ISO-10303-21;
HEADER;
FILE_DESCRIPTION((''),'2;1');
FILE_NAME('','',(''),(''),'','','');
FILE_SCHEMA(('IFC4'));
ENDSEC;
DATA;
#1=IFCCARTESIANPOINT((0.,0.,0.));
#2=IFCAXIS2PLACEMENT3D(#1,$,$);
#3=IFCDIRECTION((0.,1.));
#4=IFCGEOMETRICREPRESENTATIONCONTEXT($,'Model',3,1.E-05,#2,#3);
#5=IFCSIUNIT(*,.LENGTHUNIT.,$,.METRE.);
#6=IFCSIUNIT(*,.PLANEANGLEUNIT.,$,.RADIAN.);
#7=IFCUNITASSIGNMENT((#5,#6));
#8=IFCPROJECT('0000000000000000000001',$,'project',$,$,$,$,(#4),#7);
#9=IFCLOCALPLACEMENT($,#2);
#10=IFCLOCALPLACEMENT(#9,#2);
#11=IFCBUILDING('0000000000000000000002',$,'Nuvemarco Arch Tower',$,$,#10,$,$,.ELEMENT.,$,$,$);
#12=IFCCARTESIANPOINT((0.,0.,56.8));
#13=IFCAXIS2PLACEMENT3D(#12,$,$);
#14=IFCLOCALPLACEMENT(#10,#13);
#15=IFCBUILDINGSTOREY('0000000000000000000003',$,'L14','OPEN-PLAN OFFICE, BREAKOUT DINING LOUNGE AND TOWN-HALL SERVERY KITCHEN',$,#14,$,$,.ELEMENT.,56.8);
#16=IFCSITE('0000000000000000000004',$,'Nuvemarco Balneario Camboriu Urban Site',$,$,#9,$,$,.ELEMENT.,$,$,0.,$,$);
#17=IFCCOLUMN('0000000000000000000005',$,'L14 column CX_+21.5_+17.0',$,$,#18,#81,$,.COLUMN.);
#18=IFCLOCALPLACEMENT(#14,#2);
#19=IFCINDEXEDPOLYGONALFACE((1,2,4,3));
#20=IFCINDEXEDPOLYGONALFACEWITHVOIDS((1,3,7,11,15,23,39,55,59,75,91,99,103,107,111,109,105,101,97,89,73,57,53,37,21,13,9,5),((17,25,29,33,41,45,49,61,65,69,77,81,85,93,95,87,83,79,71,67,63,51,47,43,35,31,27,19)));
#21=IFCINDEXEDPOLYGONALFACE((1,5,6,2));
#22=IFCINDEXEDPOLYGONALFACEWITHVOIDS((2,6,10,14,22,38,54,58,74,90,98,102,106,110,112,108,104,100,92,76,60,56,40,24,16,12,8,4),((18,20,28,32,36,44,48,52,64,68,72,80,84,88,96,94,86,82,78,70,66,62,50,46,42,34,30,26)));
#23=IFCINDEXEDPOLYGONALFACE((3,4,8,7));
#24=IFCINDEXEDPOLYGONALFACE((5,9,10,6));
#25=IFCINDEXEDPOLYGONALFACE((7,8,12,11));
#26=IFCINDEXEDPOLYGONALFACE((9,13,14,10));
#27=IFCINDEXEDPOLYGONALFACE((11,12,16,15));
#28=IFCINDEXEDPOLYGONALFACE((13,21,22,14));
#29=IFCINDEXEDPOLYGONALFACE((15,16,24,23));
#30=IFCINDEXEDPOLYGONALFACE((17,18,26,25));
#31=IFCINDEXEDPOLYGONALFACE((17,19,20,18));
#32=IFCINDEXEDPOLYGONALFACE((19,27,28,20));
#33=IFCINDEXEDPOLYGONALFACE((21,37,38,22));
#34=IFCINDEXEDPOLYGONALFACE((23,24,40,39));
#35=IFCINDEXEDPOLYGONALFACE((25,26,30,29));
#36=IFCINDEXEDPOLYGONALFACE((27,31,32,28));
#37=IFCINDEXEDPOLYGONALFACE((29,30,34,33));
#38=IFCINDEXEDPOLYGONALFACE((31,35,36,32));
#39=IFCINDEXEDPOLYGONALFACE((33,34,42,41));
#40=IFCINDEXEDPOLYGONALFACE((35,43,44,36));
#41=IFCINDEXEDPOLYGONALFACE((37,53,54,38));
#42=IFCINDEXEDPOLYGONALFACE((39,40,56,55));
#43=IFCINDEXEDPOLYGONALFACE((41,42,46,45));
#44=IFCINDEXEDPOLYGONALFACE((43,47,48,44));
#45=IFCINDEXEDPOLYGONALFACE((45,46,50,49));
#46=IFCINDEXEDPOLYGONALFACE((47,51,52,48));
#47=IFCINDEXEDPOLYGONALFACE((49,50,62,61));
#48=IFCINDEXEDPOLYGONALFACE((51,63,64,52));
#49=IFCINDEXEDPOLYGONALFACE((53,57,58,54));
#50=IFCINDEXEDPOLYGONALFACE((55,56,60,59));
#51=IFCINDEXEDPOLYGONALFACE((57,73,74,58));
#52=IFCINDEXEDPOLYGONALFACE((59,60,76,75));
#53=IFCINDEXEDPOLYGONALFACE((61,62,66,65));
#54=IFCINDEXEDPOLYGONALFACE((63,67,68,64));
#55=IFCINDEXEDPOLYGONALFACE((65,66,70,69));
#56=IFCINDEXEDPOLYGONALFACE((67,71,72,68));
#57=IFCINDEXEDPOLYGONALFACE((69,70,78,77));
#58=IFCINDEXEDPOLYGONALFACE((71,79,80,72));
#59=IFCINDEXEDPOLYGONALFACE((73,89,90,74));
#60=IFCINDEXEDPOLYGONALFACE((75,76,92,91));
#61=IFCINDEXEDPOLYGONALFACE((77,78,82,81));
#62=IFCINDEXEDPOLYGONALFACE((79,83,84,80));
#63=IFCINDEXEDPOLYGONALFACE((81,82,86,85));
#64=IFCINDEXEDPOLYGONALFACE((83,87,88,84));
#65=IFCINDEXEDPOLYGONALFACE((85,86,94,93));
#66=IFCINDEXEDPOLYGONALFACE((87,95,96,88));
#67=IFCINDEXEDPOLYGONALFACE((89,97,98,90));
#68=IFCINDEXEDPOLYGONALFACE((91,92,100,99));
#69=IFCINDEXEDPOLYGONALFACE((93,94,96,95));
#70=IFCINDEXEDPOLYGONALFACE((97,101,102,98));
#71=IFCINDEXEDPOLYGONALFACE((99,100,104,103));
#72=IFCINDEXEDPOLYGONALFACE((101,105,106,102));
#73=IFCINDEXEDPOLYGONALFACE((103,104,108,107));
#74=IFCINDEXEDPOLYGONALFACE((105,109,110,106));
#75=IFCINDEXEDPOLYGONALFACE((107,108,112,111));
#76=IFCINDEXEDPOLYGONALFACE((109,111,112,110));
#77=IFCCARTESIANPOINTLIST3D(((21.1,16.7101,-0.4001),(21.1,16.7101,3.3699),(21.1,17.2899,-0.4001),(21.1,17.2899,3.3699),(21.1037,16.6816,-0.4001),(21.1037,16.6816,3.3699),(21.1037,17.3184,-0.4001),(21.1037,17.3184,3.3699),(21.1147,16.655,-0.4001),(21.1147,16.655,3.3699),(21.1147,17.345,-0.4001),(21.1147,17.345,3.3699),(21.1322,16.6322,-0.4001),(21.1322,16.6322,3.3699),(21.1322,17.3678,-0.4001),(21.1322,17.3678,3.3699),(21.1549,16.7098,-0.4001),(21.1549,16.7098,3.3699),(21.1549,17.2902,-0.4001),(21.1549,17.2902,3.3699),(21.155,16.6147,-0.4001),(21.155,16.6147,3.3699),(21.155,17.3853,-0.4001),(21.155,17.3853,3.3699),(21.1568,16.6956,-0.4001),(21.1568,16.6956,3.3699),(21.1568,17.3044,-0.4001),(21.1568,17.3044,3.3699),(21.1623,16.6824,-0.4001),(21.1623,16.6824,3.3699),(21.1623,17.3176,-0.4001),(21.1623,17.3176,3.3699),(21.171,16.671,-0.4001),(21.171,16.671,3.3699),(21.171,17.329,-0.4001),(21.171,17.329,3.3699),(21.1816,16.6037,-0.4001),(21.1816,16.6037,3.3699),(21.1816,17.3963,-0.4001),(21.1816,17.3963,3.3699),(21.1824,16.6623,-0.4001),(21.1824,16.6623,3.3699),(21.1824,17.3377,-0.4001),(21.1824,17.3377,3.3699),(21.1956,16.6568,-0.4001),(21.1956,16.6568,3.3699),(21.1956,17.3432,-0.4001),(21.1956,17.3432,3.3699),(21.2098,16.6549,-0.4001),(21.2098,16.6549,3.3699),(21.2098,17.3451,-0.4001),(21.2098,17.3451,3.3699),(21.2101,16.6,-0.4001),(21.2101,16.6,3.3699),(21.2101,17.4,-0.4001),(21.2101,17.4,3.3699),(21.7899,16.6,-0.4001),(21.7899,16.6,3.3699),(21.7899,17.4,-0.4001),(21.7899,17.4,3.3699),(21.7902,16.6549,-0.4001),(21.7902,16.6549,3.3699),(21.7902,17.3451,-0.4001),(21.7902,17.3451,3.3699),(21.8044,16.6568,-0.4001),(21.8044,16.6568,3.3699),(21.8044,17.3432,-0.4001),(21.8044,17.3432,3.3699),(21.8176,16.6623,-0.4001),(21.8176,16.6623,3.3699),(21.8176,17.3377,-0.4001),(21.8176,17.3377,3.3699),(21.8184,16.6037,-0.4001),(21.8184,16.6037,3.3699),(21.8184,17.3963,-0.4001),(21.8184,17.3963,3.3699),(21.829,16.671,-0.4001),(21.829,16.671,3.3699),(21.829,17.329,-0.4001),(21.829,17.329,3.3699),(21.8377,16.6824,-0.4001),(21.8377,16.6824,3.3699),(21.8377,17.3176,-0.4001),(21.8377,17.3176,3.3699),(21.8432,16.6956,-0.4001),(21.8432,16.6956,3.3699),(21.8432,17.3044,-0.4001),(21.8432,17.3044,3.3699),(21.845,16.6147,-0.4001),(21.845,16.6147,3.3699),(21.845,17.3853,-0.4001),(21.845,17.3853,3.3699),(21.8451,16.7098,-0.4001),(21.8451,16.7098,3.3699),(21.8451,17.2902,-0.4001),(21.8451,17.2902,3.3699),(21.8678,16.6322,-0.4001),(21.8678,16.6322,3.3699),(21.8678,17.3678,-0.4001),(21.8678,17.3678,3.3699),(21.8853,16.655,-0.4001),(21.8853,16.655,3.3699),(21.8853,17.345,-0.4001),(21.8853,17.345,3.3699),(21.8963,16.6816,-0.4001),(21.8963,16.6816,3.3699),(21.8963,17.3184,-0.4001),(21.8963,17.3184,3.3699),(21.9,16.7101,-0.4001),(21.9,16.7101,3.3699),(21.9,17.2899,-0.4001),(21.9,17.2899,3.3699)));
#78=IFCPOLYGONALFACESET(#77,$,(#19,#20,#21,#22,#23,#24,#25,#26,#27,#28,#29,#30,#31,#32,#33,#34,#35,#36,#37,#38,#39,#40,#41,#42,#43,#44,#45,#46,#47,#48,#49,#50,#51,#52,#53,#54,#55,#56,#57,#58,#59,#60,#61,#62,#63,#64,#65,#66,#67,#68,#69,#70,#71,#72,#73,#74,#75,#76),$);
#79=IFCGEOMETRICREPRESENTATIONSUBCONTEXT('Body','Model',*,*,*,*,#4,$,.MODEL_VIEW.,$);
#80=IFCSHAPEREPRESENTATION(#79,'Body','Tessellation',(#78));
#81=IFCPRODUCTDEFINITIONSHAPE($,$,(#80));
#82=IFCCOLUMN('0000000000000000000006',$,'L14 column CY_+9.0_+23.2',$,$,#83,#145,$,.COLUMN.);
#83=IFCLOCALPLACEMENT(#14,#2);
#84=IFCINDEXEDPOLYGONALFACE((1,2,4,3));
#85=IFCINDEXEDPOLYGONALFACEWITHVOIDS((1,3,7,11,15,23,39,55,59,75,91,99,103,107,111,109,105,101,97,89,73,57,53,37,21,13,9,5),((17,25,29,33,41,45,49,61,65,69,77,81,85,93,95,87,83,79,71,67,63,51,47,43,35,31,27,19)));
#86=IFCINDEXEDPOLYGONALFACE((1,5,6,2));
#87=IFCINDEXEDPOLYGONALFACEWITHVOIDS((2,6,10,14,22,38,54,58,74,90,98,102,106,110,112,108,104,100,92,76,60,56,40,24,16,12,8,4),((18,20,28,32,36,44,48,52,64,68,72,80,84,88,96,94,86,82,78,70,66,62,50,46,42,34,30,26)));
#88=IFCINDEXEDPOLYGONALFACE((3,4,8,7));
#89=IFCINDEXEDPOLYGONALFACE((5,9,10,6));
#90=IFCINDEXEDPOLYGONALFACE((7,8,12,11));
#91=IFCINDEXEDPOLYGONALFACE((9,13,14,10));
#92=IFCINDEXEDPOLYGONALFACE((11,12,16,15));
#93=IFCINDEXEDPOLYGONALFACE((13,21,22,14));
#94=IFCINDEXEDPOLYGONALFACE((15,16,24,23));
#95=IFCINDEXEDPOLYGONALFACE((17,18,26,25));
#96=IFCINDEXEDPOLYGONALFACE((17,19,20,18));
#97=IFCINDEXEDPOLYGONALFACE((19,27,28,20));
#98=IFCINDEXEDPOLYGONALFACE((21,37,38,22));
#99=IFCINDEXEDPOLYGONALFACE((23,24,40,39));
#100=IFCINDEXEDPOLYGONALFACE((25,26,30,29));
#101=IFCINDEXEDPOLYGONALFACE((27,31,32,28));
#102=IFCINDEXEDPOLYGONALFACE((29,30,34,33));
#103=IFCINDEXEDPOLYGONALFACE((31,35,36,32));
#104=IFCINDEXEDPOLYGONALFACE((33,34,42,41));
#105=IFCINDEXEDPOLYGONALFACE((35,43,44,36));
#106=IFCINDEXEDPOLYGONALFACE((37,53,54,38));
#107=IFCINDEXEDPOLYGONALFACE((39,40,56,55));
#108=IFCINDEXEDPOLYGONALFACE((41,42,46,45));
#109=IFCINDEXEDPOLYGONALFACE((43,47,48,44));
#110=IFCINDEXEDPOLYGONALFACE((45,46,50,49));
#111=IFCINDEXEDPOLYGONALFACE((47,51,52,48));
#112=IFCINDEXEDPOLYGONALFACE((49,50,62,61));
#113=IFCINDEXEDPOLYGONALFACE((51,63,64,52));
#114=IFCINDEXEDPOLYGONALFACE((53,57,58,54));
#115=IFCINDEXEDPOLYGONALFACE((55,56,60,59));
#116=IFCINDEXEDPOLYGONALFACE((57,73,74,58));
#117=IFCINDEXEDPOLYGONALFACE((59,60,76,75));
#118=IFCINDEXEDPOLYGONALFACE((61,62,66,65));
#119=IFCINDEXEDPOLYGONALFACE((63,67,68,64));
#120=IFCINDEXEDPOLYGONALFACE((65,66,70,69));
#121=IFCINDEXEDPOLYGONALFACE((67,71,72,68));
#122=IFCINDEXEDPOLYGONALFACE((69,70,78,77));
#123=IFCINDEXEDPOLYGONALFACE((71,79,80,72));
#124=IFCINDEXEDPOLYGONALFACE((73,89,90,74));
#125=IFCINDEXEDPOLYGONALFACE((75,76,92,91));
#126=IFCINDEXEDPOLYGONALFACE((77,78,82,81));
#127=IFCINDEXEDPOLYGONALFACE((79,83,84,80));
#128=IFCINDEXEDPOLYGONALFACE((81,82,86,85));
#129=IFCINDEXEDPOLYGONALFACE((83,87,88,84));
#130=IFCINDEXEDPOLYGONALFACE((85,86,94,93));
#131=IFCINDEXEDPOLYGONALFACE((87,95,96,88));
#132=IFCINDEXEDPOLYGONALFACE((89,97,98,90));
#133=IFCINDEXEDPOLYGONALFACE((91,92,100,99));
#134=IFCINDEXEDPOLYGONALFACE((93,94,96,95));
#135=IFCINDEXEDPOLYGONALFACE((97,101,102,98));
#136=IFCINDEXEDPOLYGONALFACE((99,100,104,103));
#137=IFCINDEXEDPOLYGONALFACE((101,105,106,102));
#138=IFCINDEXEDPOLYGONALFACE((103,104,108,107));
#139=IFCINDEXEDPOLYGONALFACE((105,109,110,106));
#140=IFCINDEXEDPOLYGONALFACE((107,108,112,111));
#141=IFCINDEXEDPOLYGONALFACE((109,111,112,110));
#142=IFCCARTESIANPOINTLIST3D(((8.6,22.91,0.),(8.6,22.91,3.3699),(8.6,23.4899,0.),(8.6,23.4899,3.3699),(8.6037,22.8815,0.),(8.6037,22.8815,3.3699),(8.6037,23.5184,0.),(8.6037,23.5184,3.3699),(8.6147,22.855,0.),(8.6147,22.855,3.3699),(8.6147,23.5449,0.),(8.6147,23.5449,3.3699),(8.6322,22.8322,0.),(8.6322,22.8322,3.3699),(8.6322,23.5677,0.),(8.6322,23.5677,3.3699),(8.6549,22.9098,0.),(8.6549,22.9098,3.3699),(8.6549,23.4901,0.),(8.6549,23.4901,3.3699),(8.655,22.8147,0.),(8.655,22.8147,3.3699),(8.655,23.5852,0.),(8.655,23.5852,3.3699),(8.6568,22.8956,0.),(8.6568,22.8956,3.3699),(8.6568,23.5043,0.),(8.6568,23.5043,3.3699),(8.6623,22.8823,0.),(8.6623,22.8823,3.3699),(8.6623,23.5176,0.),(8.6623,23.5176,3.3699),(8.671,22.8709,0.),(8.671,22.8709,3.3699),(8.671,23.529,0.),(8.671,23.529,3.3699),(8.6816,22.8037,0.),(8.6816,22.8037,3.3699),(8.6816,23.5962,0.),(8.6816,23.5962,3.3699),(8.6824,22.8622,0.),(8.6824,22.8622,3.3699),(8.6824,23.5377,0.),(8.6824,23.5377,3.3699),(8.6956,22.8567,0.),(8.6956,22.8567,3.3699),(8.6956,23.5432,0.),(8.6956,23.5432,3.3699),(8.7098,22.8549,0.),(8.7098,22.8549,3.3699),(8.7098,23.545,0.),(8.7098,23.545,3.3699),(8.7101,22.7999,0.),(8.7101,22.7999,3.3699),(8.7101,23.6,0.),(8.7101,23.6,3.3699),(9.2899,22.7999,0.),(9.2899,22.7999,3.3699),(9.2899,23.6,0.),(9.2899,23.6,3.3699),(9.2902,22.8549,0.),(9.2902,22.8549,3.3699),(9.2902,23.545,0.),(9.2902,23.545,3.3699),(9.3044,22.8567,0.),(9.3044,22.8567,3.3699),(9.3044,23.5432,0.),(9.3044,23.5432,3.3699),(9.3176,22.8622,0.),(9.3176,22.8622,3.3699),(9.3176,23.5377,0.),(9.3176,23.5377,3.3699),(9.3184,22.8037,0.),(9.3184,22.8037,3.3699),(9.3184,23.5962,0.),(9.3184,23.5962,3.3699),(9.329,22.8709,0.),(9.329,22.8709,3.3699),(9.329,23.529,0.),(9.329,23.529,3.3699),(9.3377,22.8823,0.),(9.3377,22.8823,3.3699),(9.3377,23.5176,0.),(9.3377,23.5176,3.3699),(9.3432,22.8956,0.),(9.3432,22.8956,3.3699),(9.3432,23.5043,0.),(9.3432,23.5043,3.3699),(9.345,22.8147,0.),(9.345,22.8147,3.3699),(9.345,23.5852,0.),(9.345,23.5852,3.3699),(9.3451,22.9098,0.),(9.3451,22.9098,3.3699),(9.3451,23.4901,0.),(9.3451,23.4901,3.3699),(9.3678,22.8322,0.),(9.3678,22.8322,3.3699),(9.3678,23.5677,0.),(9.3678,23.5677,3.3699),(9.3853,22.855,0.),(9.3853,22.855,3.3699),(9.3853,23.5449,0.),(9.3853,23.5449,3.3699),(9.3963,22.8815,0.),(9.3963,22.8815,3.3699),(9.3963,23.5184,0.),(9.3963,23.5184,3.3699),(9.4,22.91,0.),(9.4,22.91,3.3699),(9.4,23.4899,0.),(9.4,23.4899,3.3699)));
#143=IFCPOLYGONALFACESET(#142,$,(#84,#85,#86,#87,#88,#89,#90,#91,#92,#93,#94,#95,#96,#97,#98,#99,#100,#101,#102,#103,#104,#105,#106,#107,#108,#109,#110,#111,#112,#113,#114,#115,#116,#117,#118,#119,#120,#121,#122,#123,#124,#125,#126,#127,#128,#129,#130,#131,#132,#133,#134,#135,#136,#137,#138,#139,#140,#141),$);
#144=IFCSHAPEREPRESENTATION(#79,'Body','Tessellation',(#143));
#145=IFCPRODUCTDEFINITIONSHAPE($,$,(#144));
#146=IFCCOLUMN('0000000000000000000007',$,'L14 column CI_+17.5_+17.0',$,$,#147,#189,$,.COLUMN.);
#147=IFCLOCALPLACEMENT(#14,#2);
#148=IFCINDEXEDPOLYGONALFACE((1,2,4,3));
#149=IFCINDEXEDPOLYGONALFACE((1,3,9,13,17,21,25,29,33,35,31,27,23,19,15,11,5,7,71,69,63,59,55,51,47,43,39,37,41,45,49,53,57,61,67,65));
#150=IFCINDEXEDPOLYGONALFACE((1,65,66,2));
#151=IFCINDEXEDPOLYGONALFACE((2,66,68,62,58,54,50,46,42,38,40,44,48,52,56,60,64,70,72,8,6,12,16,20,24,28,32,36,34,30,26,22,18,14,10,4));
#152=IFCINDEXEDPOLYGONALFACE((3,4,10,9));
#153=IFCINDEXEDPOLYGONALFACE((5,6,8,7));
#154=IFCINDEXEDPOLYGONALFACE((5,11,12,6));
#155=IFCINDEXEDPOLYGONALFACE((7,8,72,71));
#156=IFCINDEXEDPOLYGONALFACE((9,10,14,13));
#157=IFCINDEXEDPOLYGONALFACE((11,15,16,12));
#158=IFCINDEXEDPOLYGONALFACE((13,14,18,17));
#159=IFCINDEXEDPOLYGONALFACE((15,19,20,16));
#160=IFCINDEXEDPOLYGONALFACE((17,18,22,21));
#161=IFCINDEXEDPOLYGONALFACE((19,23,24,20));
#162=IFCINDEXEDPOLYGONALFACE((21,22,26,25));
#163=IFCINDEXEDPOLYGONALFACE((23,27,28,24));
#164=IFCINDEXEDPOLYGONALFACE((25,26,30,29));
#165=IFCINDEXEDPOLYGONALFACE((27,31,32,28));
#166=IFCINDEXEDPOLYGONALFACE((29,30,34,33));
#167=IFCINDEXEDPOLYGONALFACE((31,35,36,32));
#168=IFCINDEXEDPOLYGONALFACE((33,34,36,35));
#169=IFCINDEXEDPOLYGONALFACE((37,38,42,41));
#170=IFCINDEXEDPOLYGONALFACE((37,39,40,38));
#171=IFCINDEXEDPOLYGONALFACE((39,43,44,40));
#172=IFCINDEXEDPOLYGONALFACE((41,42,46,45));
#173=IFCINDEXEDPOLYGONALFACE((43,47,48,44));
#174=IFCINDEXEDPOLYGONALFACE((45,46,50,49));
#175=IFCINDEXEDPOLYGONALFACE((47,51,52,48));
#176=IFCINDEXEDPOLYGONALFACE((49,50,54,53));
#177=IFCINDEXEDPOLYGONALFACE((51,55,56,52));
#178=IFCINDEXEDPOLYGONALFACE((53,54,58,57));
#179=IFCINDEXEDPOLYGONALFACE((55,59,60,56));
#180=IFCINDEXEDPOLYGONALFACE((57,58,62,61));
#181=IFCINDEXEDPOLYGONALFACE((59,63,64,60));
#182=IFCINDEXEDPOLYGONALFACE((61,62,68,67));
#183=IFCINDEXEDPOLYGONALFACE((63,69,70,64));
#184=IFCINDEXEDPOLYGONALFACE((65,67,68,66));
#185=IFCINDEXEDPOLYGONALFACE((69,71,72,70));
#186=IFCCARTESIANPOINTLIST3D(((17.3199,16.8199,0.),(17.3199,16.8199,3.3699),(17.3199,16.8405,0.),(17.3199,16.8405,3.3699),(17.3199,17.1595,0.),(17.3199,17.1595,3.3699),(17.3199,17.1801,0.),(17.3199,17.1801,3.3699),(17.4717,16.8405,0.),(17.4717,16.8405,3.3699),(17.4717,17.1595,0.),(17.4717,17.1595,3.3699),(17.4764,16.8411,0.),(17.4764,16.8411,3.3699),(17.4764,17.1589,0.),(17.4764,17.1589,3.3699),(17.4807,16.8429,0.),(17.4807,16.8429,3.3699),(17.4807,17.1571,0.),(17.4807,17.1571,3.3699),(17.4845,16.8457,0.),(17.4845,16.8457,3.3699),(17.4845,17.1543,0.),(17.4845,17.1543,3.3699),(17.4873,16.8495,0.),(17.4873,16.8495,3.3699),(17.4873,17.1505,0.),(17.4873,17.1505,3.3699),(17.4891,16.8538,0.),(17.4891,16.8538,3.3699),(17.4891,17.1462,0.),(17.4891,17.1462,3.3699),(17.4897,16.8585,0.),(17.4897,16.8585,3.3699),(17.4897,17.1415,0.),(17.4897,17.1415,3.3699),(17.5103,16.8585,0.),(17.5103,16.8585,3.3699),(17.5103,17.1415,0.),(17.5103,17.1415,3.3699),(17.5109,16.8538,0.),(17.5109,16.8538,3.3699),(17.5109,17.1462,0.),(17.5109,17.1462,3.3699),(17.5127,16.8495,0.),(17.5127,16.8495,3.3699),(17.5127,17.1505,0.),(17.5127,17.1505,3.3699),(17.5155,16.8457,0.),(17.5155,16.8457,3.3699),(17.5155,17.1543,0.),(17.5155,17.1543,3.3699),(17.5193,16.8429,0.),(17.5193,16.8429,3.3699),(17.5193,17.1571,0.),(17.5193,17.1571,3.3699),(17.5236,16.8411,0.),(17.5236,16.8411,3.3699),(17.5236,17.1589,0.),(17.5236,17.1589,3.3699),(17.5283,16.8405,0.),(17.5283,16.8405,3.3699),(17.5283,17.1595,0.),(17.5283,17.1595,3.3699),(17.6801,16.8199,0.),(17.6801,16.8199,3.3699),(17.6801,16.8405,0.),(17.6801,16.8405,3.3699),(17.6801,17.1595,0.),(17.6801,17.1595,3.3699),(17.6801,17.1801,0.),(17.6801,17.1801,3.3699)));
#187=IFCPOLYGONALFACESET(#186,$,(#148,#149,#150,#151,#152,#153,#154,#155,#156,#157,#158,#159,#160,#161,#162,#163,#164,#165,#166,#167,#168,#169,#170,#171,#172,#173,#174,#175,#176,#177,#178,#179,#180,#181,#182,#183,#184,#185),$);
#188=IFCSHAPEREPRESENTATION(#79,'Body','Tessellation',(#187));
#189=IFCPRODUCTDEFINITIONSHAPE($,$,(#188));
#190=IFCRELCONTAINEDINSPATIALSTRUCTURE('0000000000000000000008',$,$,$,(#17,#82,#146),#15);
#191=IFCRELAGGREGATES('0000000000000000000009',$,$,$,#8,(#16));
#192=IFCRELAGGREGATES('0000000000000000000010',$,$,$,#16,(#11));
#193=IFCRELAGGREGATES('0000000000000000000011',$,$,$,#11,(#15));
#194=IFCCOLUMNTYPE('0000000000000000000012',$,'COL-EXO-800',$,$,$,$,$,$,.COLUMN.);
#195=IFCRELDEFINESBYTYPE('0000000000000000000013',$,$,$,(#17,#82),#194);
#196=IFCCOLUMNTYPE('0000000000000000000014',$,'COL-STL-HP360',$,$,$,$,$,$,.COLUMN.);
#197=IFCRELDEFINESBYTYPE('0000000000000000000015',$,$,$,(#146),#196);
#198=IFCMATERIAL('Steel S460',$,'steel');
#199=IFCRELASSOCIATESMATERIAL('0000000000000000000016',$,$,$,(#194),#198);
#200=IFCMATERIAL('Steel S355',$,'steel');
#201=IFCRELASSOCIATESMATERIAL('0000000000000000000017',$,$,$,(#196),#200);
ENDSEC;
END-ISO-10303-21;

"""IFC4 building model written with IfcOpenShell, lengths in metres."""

from ifc_helpers import new_model, si_unit, direction, frame, origin, origin_2d, place, context, subcontext, project, spatial, hollow_rectangle, i_section, extrude, material, material_profile, profile_set, type_object, element, save


model = new_model("IFC4")

# Units and contexts
model_context = context("Model", 3, precision=1e-05, world=origin(), true_north=direction((0.0, 1.0)))
body_context = subcontext(model_context, "Body", "Model", "MODEL_VIEW")
ifc_project = project(units=[si_unit("LENGTHUNIT", "METRE"), si_unit("PLANEANGLEUNIT", "RADIAN")], contexts=[model_context])

# Site, building, storey
site_placement = place(None, origin())
site = spatial("IfcSite", under=ifc_project, at=site_placement, Name="Nuvemarco Balneario Camboriu Urban Site", CompositionType="ELEMENT", RefElevation=0.0)
building_placement = place(site_placement, origin())
building = spatial("IfcBuilding", under=site, at=building_placement, Name="Nuvemarco Arch Tower", CompositionType="ELEMENT")
storey_placement = place(building_placement, frame((0.0, 0.0, 56.8)))
storey = spatial("IfcBuildingStorey", under=building, at=storey_placement, Name="L14", Description="OPEN-PLAN OFFICE, BREAKOUT DINING LOUNGE AND TOWN-HALL SERVERY KITCHEN", CompositionType="ELEMENT", Elevation=56.8)

# Columns
ifc_material_1 = material(Name="Steel S460", Category="steel")
ifc_material_profile_1 = material_profile(ifc_material_1, hollow_rectangle(XDim=0.8, YDim=0.8, WallThickness=0.0549, InnerFilletRadius=0.0549, OuterFilletRadius=0.1101, at=origin_2d()), Name="SHS800x800x55")
ifc_profile_set_1 = profile_set([ifc_material_profile_1], Name="Steel S460")
column_type_1 = type_object("IfcColumnType", Name="COL-EXO-800", PredefinedType="COLUMN", material=ifc_profile_set_1)
column_1_placement = place(storey_placement, frame((21.5, 17.0, -0.4001), z_axis=(0.0, 0.0, 1.0), x_axis=(1.0, 0.0, 0.0)))
element("IfcColumn", 1, at=column_1_placement, inside=storey, type_object=column_type_1, Name="L14 column CX_+21.5_+17.0", PredefinedType="COLUMN", context=body_context, shape_type="SweptSolid", body=[
    extrude(hollow_rectangle(XDim=0.8, YDim=0.8, WallThickness=0.0549, InnerFilletRadius=0.0549, OuterFilletRadius=0.1101, at=origin_2d()), origin(), (0.0, 0.0, 1.0), 3.77),
])
column_2_placement = place(storey_placement, frame((9.0, 23.2, 0.0), z_axis=(0.0, 0.0, 1.0), x_axis=(1.0, 0.0, 0.0)))
element("IfcColumn", 2, at=column_2_placement, inside=storey, type_object=column_type_1, Name="L14 column CY_+9.0_+23.2", PredefinedType="COLUMN", context=body_context, shape_type="SweptSolid", body=[
    extrude(hollow_rectangle(XDim=0.8, YDim=0.8, WallThickness=0.0549, InnerFilletRadius=0.0549, OuterFilletRadius=0.1101, at=origin_2d()), origin(), (0.0, 0.0, 1.0), 3.3699),
])
ifc_material_2 = material(Name="Steel S355", Category="steel")
ifc_material_profile_2 = material_profile(ifc_material_2, i_section(OverallWidth=0.3601, OverallDepth=0.3601, WebThickness=0.0205, FlangeThickness=0.0205, FilletRadius=0.0181, at=origin_2d()), Name="HP360x174")
ifc_profile_set_2 = profile_set([ifc_material_profile_2], Name="Steel S355")
column_type_2 = type_object("IfcColumnType", Name="COL-STL-HP360", PredefinedType="COLUMN", material=ifc_profile_set_2)
column_3_placement = place(storey_placement, frame((17.5, 17.0, 0.0), z_axis=(0.0, 0.0, 1.0), x_axis=(1.0, 0.0, 0.0)))
element("IfcColumn", 3, at=column_3_placement, inside=storey, type_object=column_type_2, Name="L14 column CI_+17.5_+17.0", PredefinedType="COLUMN", context=body_context, shape_type="SweptSolid", body=[
    extrude(i_section(OverallWidth=0.3601, OverallDepth=0.3601, WebThickness=0.0205, FlangeThickness=0.0205, FilletRadius=0.0181, at=origin_2d()), origin(), (0.0, 0.0, 1.0), 3.3699),
])

save(model, "model.ifc")
